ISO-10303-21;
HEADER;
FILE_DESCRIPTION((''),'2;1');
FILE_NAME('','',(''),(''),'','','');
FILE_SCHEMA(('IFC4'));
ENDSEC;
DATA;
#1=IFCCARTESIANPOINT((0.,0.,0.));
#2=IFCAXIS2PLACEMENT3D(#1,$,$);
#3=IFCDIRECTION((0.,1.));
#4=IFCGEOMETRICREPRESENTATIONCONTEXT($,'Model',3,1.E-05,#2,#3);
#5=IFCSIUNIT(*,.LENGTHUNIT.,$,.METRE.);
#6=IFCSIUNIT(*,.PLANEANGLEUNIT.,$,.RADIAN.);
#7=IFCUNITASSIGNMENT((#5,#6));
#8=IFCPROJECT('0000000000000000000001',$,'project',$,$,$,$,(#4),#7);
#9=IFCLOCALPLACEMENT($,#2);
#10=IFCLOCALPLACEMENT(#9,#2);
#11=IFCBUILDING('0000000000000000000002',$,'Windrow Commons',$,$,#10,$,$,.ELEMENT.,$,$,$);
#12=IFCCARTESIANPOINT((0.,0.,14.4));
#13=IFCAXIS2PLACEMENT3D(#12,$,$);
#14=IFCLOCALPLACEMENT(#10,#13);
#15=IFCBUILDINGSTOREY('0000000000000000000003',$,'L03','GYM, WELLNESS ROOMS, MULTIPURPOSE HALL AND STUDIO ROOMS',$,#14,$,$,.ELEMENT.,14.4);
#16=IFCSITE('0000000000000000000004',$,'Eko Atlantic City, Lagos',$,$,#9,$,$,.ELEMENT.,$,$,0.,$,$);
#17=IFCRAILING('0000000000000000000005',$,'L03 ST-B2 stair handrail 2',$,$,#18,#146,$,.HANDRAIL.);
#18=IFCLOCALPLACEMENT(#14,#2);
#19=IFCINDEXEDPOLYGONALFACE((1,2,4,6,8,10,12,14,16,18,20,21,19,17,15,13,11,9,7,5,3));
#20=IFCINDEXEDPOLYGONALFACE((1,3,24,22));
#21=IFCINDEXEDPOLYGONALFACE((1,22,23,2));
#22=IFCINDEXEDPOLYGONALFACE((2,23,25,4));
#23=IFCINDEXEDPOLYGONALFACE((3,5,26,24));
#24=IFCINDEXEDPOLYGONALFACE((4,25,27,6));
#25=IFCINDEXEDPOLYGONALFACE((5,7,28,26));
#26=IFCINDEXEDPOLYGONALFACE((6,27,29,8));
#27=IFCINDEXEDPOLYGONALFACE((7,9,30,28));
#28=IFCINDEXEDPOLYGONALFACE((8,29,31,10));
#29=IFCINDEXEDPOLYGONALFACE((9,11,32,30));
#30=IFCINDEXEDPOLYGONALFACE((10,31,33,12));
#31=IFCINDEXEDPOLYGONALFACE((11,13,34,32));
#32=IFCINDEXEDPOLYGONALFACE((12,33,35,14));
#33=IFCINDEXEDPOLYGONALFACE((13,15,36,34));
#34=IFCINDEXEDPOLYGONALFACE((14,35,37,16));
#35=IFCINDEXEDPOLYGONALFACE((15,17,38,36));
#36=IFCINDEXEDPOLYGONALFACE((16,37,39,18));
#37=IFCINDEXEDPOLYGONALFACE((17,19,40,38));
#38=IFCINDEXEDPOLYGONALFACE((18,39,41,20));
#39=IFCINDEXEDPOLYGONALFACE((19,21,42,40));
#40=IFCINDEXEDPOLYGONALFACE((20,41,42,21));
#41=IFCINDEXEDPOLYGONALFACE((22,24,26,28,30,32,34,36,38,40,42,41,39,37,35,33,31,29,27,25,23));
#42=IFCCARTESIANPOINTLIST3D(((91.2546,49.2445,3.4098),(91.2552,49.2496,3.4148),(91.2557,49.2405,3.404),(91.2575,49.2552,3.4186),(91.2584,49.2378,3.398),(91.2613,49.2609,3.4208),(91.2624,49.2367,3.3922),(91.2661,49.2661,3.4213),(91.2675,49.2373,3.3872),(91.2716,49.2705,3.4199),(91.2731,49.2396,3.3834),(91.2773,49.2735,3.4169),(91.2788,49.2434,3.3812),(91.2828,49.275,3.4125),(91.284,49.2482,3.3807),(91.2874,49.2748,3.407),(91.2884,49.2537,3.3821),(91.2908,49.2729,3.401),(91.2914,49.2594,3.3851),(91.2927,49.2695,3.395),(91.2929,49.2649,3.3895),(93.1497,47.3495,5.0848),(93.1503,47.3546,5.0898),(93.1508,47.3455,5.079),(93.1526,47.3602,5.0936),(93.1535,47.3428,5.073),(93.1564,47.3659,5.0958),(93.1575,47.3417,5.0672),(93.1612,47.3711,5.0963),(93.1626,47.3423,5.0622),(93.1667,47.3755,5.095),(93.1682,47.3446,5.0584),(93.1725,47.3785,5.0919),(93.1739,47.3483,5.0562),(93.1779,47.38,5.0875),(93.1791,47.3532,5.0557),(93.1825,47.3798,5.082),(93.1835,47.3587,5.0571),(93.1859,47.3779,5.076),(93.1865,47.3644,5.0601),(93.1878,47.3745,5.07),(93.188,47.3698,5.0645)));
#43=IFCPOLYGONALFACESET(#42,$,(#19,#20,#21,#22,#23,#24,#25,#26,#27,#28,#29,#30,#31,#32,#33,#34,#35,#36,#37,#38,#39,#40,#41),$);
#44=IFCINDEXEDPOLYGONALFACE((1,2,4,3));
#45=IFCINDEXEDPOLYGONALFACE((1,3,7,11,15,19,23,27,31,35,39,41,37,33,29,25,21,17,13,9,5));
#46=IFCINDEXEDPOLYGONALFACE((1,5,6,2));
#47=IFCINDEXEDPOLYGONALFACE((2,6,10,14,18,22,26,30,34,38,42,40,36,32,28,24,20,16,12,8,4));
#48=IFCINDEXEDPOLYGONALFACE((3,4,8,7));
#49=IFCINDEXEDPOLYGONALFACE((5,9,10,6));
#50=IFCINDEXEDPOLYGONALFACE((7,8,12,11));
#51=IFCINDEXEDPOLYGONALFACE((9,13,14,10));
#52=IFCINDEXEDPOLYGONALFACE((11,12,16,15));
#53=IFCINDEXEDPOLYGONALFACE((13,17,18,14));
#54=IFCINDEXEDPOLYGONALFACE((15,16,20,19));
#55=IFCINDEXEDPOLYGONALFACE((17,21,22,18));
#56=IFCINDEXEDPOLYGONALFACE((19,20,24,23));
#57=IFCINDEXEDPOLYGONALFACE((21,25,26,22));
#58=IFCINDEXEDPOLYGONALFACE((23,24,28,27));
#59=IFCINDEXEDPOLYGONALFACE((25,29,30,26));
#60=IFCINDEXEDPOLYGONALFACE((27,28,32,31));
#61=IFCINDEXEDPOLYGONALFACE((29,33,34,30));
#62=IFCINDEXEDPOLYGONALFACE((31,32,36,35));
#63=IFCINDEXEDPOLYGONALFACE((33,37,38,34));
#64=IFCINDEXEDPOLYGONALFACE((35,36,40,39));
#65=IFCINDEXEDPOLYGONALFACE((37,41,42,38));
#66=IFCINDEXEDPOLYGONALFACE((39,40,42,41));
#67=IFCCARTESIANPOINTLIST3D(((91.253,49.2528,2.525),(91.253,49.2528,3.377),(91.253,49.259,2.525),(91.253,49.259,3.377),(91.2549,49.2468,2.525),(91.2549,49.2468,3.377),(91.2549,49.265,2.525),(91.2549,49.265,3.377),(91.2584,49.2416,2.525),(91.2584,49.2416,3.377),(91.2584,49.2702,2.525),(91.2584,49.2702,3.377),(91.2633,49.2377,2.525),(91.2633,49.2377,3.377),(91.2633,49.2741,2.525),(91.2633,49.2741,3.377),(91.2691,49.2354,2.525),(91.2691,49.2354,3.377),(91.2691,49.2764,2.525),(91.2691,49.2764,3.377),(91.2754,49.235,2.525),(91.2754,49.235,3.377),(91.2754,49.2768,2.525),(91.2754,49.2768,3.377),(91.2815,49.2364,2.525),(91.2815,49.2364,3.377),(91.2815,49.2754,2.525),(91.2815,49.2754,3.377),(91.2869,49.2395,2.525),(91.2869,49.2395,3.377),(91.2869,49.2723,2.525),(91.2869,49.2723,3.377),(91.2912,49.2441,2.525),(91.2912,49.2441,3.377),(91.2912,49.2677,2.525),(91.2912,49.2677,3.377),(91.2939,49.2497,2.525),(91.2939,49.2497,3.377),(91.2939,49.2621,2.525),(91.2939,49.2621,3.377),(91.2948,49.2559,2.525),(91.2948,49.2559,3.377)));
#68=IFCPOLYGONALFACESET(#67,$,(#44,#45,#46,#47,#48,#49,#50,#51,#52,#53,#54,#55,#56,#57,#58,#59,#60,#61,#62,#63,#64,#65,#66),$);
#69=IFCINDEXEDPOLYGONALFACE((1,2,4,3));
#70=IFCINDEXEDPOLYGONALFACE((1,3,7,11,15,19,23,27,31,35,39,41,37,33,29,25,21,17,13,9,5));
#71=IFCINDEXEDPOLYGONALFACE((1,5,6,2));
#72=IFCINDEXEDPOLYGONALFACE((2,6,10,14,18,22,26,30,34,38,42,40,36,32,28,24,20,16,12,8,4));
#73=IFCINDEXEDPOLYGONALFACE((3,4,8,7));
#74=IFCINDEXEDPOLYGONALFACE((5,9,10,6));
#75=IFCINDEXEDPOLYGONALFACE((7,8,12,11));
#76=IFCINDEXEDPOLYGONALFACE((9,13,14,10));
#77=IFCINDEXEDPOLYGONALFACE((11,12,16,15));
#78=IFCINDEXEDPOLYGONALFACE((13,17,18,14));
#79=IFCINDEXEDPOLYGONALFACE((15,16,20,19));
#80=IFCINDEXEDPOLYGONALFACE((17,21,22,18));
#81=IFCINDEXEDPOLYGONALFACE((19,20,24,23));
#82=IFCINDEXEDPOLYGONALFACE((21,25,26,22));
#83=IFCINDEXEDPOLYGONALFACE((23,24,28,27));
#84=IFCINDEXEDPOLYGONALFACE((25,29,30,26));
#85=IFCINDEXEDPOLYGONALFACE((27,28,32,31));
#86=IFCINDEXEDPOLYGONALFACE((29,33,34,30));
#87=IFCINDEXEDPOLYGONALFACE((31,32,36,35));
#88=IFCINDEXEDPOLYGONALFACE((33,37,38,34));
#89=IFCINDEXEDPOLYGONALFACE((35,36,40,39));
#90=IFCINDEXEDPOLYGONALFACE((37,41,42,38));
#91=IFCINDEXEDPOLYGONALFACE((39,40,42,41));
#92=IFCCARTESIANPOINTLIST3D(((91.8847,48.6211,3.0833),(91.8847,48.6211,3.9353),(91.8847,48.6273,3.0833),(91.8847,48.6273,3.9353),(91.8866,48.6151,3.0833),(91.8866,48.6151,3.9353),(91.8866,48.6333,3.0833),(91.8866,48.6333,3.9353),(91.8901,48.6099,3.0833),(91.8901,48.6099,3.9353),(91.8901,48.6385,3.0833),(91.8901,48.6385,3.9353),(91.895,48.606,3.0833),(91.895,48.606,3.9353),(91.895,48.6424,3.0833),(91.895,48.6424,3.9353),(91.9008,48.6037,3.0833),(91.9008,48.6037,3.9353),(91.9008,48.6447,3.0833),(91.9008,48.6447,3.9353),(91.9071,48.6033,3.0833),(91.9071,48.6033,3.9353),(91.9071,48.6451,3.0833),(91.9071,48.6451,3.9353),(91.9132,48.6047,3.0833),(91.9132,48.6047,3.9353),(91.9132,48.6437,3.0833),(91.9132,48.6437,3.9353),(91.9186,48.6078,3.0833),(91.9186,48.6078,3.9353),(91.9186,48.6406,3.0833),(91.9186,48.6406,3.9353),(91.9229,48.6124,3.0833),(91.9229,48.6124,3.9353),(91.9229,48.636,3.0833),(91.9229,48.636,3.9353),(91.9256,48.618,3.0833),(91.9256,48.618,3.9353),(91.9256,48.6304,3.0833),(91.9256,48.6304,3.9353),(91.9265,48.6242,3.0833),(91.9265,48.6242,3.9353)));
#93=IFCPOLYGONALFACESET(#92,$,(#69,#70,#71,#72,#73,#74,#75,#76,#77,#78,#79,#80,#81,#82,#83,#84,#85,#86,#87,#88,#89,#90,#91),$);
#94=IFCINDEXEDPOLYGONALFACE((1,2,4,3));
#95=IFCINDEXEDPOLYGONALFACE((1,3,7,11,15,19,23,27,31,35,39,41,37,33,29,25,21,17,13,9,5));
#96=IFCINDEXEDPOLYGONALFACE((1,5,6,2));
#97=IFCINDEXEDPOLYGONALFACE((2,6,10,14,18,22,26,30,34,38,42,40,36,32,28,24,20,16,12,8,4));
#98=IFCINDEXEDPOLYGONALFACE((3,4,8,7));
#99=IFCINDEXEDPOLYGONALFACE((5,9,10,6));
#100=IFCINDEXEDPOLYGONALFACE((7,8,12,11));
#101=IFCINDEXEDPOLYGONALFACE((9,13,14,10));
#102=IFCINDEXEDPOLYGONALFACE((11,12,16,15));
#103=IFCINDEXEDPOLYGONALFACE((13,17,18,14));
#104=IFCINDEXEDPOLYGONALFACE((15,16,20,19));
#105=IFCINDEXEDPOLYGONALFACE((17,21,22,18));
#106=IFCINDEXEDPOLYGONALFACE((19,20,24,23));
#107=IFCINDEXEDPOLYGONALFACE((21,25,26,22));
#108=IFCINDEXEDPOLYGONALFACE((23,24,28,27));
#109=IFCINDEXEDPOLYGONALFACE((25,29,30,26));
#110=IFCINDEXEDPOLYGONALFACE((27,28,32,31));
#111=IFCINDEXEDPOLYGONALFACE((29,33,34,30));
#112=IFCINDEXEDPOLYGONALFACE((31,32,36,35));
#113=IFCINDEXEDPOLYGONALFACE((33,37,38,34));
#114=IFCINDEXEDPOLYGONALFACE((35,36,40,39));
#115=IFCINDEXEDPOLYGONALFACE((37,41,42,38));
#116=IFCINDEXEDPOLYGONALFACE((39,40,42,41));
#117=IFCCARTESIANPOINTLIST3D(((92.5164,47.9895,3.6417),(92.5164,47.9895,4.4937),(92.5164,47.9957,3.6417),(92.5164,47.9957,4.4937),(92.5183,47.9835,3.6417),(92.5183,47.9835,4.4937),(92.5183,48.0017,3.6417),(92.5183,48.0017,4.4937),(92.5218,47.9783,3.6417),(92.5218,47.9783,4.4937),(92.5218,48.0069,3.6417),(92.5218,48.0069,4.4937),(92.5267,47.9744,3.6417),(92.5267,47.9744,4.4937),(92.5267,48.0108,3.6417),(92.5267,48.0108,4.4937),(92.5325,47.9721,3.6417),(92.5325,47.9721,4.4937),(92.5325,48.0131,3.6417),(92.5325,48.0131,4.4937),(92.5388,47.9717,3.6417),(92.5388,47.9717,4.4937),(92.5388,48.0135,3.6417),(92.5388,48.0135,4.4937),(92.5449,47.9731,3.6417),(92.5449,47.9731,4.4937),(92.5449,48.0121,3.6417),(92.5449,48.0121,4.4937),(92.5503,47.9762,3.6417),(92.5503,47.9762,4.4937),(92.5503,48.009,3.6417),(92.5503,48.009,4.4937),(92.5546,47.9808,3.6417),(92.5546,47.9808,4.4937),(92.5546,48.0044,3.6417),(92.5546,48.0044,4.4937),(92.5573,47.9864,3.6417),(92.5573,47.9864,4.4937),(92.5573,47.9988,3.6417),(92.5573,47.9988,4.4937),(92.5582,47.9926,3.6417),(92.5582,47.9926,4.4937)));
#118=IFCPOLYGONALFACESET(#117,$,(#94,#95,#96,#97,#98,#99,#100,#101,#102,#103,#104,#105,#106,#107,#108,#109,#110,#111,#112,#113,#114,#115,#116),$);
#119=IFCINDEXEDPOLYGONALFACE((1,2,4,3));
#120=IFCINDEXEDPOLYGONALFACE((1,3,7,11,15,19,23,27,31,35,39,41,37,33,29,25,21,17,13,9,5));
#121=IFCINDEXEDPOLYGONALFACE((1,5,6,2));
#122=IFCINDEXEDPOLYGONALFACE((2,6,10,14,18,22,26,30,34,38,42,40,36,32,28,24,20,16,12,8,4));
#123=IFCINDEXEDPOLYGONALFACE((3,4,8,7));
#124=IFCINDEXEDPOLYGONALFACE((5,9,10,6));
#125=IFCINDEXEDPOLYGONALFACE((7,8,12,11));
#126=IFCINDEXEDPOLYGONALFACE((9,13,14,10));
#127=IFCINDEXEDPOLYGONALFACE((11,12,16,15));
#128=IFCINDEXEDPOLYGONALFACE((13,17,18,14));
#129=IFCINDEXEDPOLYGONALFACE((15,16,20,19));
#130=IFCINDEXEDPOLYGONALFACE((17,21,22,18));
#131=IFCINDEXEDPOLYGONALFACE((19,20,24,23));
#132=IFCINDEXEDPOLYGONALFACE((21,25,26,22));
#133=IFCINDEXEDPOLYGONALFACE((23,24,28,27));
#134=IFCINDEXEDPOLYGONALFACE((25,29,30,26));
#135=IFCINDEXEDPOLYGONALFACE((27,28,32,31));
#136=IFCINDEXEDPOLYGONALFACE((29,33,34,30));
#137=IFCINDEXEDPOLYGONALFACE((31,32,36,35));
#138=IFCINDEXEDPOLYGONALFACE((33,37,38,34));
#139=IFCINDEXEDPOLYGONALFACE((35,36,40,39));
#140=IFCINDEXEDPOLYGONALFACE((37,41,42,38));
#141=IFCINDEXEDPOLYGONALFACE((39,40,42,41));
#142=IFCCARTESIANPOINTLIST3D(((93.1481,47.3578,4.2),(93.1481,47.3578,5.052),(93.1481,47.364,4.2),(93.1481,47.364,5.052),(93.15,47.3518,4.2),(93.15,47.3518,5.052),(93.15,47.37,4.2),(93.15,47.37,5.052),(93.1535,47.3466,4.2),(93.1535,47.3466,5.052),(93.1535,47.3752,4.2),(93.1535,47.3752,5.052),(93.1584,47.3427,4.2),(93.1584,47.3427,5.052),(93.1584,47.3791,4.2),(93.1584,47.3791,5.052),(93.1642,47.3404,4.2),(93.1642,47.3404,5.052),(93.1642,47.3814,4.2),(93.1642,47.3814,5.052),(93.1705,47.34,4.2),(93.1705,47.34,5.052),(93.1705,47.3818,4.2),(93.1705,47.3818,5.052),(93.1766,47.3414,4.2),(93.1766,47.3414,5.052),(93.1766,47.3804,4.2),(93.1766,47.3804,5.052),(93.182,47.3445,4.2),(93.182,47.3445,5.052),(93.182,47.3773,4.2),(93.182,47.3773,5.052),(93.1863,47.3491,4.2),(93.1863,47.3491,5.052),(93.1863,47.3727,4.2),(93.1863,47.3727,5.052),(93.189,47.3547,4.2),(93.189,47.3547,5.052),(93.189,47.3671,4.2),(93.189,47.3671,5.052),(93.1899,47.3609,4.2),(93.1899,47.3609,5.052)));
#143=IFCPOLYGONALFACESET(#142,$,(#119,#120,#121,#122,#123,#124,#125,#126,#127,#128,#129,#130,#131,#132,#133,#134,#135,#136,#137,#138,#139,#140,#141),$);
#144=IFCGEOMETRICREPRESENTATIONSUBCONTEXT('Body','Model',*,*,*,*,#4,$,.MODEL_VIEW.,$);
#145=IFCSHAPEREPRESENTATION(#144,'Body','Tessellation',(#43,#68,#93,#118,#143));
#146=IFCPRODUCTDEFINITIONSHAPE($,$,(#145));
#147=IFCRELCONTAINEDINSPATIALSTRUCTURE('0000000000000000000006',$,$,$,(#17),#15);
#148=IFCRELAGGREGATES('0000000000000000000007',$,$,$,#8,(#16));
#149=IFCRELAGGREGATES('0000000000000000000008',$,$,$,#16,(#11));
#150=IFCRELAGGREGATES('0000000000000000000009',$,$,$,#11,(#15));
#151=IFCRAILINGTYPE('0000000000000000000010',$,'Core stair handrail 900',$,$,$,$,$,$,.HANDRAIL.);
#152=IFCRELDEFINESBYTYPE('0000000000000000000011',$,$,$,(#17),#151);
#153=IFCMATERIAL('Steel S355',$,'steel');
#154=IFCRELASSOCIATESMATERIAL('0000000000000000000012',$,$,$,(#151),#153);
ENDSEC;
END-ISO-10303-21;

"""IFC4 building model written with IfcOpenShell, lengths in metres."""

from ifc_helpers import new_model, si_unit, direction, frame, origin, origin_2d, place, context, subcontext, project, spatial, circle, extrude, material, type_object, element, save


model = new_model("IFC4")

# Units and contexts
model_context = context("Model", 3, precision=1e-05, world=origin(), true_north=direction((0.0, 1.0)))
body_context = subcontext(model_context, "Body", "Model", "MODEL_VIEW")
ifc_project = project(units=[si_unit("LENGTHUNIT", "METRE"), si_unit("PLANEANGLEUNIT", "RADIAN")], contexts=[model_context])

# Site, building, storey
site_placement = place(None, origin())
site = spatial("IfcSite", under=ifc_project, at=site_placement, Name="Eko Atlantic City, Lagos", CompositionType="ELEMENT", RefElevation=0.0)
building_placement = place(site_placement, origin())
building = spatial("IfcBuilding", under=site, at=building_placement, Name="Windrow Commons", CompositionType="ELEMENT")
storey_placement = place(building_placement, frame((0.0, 0.0, 14.4)))
storey = spatial("IfcBuildingStorey", under=building, at=storey_placement, Name="L03", Description="GYM, WELLNESS ROOMS, MULTIPURPOSE HALL AND STUDIO ROOMS", CompositionType="ELEMENT", Elevation=14.4)

# Railing
ifc_material_1 = material(Name="Steel S355", Category="steel")
railing_type = type_object("IfcRailingType", Name="Core stair handrail 900", PredefinedType="HANDRAIL", material=ifc_material_1)
railing_placement = place(storey_placement, frame((91.2738, 49.2559, 2.525)))
element("IfcRailing", 1, at=railing_placement, inside=storey, type_object=railing_type, Name="L03 ST-B2 stair handrail 2", PredefinedType="HANDRAIL", context=body_context, shape_type="SweptSolid", body=[
    extrude(circle(Radius=0.024, at=origin_2d()), frame((0.0, 0.0, 0.876), z_axis=(0.599642, -0.59961, 0.529998), x_axis=(0.707088, 0.707125, 0.0)), (0.0, 0.0, 1.0), 3.1604),
    extrude(circle(Radius=0.021, at=origin_2d()), origin(), (0.0, 0.0, 1.0), 0.852),
    extrude(circle(Radius=0.021, at=origin_2d()), frame((0.6317, -0.6317, 0.5583)), (0.0, 0.0, 1.0), 0.852),
    extrude(circle(Radius=0.021, at=origin_2d()), frame((1.2634, -1.2633, 1.1167)), (0.0, 0.0, 1.0), 0.852),
    extrude(circle(Radius=0.021, at=origin_2d()), frame((1.8951, -1.895, 1.675)), (0.0, 0.0, 1.0), 0.852),
])

save(model, "model.ifc")
